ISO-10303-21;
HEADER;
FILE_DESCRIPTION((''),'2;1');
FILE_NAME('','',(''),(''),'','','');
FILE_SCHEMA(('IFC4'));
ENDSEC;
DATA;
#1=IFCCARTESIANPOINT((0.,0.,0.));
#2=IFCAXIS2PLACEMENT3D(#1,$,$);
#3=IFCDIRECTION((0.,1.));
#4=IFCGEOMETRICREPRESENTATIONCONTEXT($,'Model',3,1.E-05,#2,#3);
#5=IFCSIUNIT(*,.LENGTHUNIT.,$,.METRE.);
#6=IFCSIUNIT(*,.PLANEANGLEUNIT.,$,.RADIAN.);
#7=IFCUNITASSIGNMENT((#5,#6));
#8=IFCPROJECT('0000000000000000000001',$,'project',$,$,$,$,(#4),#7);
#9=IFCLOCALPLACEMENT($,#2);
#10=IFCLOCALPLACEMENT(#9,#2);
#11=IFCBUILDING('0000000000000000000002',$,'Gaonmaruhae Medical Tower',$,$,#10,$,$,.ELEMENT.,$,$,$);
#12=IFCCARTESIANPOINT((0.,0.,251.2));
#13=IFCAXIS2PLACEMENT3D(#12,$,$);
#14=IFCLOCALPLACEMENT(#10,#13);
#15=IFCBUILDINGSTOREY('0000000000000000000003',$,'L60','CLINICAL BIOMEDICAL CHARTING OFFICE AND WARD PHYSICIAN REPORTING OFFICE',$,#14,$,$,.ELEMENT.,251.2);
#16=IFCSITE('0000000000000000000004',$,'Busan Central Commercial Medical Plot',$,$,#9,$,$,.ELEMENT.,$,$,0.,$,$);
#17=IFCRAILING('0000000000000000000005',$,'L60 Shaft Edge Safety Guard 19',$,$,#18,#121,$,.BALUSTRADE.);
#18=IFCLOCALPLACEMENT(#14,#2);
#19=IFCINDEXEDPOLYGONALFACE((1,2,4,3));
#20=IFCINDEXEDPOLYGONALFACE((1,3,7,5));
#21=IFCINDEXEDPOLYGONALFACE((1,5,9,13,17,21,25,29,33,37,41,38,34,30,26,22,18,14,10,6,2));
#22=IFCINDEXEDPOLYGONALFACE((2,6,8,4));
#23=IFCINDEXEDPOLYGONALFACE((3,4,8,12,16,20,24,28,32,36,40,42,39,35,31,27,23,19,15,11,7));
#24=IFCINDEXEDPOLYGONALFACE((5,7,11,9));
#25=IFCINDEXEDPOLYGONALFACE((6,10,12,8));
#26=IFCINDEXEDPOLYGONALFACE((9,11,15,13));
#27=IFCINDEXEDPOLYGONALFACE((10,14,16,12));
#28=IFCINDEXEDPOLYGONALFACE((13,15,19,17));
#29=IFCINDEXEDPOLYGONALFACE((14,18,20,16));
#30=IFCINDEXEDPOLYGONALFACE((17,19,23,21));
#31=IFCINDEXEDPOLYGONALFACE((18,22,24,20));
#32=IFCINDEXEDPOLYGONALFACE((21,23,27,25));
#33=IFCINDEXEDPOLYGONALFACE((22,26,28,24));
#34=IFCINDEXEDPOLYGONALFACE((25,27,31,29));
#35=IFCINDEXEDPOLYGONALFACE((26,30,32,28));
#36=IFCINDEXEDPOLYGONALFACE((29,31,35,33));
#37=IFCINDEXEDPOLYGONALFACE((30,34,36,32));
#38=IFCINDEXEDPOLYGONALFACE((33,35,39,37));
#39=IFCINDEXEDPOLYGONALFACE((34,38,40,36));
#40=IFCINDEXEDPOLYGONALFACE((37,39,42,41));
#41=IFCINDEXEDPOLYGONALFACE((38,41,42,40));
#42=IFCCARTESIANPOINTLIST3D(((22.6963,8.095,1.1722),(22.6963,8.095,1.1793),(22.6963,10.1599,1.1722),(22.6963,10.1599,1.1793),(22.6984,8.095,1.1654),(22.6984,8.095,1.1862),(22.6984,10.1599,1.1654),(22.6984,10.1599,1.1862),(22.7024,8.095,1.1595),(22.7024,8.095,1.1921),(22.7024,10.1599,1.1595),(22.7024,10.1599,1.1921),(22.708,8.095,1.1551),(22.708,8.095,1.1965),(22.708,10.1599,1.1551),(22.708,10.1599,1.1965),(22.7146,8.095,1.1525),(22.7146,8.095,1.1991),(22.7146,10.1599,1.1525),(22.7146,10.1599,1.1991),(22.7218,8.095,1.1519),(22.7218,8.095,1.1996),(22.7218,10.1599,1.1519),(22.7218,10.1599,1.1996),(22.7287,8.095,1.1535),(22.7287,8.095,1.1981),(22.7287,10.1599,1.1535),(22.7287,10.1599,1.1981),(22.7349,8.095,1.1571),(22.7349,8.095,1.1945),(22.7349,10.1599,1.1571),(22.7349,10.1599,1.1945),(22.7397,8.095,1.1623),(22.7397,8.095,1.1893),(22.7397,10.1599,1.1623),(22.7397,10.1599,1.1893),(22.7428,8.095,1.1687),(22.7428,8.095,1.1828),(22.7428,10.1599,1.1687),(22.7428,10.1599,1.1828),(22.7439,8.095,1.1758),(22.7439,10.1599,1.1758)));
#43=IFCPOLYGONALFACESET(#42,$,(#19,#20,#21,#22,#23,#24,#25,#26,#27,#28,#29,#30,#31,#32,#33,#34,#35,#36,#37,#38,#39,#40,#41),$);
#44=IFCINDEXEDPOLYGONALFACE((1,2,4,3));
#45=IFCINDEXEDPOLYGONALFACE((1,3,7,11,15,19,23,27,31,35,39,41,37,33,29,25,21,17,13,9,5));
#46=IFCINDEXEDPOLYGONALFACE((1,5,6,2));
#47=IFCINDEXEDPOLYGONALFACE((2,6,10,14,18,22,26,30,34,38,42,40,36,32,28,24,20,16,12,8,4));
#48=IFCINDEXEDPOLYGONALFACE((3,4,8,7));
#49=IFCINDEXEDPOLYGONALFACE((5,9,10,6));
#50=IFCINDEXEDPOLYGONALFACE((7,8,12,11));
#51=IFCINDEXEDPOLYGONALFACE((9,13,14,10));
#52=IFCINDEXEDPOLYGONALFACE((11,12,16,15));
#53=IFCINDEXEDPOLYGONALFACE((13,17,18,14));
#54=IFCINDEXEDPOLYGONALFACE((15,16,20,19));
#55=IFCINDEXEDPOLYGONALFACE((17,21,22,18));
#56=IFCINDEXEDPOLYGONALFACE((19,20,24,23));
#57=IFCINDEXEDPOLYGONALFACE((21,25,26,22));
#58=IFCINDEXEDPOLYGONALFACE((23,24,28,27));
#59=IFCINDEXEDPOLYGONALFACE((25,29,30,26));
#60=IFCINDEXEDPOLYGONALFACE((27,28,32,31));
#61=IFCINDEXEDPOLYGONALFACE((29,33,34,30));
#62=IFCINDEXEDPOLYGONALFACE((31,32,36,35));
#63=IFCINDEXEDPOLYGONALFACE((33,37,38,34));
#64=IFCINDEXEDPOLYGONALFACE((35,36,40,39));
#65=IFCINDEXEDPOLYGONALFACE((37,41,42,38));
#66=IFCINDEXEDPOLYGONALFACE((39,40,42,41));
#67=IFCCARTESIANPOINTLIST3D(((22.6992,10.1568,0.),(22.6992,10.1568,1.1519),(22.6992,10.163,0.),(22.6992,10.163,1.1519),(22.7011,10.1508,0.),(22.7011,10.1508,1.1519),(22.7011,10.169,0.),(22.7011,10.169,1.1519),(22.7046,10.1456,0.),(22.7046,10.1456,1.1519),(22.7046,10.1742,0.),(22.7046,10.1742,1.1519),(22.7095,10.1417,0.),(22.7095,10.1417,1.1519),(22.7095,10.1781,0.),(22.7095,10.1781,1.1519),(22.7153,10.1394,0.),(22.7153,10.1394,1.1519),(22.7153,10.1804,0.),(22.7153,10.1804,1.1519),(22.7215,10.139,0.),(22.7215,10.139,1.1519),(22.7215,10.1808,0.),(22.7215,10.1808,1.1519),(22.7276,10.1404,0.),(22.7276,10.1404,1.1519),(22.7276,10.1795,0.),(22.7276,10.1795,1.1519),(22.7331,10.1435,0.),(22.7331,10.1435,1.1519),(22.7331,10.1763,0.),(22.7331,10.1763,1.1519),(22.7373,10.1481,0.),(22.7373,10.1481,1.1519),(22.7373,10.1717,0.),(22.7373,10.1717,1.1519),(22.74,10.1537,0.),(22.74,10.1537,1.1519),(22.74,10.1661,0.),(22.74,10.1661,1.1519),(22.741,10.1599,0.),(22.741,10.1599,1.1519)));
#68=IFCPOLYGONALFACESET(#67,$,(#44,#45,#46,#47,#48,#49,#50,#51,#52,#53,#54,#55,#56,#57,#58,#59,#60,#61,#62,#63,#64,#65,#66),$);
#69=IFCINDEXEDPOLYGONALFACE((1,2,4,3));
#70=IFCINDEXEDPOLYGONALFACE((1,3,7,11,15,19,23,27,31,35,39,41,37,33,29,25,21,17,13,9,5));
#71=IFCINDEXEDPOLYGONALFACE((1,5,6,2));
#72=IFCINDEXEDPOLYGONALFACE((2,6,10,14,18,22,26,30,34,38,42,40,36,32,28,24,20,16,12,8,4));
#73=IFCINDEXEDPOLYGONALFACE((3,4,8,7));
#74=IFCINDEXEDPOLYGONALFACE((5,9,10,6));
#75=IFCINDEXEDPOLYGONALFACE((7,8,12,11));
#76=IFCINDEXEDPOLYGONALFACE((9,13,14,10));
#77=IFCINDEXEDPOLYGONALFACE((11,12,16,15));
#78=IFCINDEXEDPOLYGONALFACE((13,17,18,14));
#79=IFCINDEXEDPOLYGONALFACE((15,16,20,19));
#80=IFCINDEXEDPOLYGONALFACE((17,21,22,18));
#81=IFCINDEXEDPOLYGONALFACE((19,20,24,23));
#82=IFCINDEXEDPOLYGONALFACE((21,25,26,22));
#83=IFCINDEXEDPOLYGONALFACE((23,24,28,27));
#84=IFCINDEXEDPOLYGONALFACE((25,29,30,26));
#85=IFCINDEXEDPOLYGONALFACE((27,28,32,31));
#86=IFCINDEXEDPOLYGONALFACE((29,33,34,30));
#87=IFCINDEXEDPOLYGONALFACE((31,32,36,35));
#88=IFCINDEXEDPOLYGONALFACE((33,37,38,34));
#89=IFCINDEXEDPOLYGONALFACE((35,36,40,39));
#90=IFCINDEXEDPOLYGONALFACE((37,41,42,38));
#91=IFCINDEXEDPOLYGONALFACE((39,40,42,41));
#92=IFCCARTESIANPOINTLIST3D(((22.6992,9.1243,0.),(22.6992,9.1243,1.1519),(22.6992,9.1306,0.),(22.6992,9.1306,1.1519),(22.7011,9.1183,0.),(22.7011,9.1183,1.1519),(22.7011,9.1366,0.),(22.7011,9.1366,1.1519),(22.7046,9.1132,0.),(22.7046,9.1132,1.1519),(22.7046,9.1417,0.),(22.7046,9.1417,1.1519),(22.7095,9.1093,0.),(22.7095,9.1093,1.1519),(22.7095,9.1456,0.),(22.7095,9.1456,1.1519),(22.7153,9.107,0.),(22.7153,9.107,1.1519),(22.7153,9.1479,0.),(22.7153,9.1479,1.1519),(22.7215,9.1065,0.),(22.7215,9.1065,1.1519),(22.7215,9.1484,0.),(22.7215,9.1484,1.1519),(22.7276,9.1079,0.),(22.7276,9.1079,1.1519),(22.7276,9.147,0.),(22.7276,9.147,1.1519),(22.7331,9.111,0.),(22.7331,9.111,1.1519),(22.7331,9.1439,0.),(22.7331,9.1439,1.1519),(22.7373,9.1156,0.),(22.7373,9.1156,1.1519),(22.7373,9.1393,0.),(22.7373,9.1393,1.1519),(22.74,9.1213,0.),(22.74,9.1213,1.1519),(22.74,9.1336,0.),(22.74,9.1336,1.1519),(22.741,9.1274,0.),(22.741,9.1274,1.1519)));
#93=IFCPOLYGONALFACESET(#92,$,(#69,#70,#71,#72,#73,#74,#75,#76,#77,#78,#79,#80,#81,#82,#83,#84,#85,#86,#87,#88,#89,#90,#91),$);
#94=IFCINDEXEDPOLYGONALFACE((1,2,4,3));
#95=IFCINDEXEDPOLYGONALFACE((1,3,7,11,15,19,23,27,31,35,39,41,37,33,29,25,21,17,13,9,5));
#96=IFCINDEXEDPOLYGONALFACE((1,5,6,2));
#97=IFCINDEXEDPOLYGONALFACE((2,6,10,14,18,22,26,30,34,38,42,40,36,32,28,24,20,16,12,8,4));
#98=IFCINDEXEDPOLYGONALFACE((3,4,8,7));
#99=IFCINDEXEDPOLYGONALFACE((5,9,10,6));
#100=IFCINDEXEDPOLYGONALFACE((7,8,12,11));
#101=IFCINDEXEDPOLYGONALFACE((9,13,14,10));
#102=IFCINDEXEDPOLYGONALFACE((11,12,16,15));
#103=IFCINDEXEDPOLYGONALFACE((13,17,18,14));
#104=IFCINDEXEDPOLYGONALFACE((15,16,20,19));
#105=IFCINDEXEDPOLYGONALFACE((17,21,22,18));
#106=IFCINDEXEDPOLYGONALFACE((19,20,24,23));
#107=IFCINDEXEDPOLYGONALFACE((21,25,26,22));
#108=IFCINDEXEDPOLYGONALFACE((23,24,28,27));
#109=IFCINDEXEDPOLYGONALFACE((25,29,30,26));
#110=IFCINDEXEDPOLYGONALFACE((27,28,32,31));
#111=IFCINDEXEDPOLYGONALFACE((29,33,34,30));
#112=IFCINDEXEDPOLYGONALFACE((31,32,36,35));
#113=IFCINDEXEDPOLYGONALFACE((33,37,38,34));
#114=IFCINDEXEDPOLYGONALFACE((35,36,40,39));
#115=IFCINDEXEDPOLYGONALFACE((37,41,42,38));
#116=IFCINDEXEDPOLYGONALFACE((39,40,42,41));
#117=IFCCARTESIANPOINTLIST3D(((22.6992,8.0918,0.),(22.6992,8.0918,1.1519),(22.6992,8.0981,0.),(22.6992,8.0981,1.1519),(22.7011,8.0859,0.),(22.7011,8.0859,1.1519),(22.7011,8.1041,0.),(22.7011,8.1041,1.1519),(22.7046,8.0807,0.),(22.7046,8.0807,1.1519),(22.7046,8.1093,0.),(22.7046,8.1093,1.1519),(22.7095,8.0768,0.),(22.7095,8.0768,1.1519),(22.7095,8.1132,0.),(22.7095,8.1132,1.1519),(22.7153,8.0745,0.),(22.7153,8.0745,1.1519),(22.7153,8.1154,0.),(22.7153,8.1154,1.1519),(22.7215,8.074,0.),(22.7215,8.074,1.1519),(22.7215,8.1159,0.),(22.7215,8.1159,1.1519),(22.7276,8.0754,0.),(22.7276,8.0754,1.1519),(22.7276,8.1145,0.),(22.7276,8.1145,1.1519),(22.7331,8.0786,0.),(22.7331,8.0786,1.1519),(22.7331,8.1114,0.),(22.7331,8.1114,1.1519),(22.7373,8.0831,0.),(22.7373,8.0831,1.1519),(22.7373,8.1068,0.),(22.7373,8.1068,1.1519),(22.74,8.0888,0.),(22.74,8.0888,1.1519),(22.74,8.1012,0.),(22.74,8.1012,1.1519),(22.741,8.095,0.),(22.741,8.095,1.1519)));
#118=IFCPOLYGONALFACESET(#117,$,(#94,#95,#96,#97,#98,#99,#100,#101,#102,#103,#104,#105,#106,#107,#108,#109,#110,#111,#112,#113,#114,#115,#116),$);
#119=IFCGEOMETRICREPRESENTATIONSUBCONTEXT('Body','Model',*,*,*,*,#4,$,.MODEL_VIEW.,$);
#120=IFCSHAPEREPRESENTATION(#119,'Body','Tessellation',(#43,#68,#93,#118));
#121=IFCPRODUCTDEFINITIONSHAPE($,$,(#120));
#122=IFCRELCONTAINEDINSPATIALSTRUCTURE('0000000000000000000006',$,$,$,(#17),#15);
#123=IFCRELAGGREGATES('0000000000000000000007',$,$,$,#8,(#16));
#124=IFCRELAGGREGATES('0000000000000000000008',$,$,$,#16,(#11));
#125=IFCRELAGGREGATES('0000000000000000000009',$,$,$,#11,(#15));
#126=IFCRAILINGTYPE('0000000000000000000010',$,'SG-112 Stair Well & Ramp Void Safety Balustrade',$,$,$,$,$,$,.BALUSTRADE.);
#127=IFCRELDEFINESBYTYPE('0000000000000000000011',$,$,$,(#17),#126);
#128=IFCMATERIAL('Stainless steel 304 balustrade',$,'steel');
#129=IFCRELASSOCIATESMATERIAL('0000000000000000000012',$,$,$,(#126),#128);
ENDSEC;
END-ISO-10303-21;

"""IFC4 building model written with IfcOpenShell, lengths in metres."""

from ifc_helpers import new_model, si_unit, direction, frame, origin, origin_2d, place, context, subcontext, project, spatial, circle, extrude, material, type_object, element, save


model = new_model("IFC4")

# Units and contexts
model_context = context("Model", 3, precision=1e-05, world=origin(), true_north=direction((0.0, 1.0)))
body_context = subcontext(model_context, "Body", "Model", "MODEL_VIEW")
ifc_project = project(units=[si_unit("LENGTHUNIT", "METRE"), si_unit("PLANEANGLEUNIT", "RADIAN")], contexts=[model_context])

# Site, building, storey
site_placement = place(None, origin())
site = spatial("IfcSite", under=ifc_project, at=site_placement, Name="Busan Central Commercial Medical Plot", CompositionType="ELEMENT", RefElevation=0.0)
building_placement = place(site_placement, origin())
building = spatial("IfcBuilding", under=site, at=building_placement, Name="Gaonmaruhae Medical Tower", CompositionType="ELEMENT")
storey_placement = place(building_placement, frame((0.0, 0.0, 251.2)))
storey = spatial("IfcBuildingStorey", under=building, at=storey_placement, Name="L60", Description="CLINICAL BIOMEDICAL CHARTING OFFICE AND WARD PHYSICIAN REPORTING OFFICE", CompositionType="ELEMENT", Elevation=251.2)

# Railing
ifc_material_1 = material(Name="Stainless steel 304 balustrade", Category="steel")
railing_type = type_object("IfcRailingType", Name="SG-112 Stair Well & Ramp Void Safety Balustrade", PredefinedType="BALUSTRADE", material=ifc_material_1)
railing_placement = place(storey_placement, frame((22.72, 10.1599, 0.0)))
element("IfcRailing", 1, at=railing_placement, inside=storey, type_object=railing_type, Name="L60 Shaft Edge Safety Guard 19", PredefinedType="BALUSTRADE", context=body_context, shape_type="SweptSolid", body=[
    extrude(circle(Radius=0.0239, at=origin_2d()), frame((0.0, 0.0, 1.1758), z_axis=(0.0, -1.0, 0.0), x_axis=(1.0, 0.0, 0.0)), (0.0, 0.0, 1.0), 2.0649),
    extrude(circle(Radius=0.021, at=origin_2d()), origin(), (0.0, 0.0, 1.0), 1.1519),
    extrude(circle(Radius=0.021, at=origin_2d()), frame((0.0, -1.0325, 0.0)), (0.0, 0.0, 1.0), 1.1519),
    extrude(circle(Radius=0.021, at=origin_2d()), frame((0.0, -2.0649, 0.0)), (0.0, 0.0, 1.0), 1.1519),
])

save(model, "model.ifc")
